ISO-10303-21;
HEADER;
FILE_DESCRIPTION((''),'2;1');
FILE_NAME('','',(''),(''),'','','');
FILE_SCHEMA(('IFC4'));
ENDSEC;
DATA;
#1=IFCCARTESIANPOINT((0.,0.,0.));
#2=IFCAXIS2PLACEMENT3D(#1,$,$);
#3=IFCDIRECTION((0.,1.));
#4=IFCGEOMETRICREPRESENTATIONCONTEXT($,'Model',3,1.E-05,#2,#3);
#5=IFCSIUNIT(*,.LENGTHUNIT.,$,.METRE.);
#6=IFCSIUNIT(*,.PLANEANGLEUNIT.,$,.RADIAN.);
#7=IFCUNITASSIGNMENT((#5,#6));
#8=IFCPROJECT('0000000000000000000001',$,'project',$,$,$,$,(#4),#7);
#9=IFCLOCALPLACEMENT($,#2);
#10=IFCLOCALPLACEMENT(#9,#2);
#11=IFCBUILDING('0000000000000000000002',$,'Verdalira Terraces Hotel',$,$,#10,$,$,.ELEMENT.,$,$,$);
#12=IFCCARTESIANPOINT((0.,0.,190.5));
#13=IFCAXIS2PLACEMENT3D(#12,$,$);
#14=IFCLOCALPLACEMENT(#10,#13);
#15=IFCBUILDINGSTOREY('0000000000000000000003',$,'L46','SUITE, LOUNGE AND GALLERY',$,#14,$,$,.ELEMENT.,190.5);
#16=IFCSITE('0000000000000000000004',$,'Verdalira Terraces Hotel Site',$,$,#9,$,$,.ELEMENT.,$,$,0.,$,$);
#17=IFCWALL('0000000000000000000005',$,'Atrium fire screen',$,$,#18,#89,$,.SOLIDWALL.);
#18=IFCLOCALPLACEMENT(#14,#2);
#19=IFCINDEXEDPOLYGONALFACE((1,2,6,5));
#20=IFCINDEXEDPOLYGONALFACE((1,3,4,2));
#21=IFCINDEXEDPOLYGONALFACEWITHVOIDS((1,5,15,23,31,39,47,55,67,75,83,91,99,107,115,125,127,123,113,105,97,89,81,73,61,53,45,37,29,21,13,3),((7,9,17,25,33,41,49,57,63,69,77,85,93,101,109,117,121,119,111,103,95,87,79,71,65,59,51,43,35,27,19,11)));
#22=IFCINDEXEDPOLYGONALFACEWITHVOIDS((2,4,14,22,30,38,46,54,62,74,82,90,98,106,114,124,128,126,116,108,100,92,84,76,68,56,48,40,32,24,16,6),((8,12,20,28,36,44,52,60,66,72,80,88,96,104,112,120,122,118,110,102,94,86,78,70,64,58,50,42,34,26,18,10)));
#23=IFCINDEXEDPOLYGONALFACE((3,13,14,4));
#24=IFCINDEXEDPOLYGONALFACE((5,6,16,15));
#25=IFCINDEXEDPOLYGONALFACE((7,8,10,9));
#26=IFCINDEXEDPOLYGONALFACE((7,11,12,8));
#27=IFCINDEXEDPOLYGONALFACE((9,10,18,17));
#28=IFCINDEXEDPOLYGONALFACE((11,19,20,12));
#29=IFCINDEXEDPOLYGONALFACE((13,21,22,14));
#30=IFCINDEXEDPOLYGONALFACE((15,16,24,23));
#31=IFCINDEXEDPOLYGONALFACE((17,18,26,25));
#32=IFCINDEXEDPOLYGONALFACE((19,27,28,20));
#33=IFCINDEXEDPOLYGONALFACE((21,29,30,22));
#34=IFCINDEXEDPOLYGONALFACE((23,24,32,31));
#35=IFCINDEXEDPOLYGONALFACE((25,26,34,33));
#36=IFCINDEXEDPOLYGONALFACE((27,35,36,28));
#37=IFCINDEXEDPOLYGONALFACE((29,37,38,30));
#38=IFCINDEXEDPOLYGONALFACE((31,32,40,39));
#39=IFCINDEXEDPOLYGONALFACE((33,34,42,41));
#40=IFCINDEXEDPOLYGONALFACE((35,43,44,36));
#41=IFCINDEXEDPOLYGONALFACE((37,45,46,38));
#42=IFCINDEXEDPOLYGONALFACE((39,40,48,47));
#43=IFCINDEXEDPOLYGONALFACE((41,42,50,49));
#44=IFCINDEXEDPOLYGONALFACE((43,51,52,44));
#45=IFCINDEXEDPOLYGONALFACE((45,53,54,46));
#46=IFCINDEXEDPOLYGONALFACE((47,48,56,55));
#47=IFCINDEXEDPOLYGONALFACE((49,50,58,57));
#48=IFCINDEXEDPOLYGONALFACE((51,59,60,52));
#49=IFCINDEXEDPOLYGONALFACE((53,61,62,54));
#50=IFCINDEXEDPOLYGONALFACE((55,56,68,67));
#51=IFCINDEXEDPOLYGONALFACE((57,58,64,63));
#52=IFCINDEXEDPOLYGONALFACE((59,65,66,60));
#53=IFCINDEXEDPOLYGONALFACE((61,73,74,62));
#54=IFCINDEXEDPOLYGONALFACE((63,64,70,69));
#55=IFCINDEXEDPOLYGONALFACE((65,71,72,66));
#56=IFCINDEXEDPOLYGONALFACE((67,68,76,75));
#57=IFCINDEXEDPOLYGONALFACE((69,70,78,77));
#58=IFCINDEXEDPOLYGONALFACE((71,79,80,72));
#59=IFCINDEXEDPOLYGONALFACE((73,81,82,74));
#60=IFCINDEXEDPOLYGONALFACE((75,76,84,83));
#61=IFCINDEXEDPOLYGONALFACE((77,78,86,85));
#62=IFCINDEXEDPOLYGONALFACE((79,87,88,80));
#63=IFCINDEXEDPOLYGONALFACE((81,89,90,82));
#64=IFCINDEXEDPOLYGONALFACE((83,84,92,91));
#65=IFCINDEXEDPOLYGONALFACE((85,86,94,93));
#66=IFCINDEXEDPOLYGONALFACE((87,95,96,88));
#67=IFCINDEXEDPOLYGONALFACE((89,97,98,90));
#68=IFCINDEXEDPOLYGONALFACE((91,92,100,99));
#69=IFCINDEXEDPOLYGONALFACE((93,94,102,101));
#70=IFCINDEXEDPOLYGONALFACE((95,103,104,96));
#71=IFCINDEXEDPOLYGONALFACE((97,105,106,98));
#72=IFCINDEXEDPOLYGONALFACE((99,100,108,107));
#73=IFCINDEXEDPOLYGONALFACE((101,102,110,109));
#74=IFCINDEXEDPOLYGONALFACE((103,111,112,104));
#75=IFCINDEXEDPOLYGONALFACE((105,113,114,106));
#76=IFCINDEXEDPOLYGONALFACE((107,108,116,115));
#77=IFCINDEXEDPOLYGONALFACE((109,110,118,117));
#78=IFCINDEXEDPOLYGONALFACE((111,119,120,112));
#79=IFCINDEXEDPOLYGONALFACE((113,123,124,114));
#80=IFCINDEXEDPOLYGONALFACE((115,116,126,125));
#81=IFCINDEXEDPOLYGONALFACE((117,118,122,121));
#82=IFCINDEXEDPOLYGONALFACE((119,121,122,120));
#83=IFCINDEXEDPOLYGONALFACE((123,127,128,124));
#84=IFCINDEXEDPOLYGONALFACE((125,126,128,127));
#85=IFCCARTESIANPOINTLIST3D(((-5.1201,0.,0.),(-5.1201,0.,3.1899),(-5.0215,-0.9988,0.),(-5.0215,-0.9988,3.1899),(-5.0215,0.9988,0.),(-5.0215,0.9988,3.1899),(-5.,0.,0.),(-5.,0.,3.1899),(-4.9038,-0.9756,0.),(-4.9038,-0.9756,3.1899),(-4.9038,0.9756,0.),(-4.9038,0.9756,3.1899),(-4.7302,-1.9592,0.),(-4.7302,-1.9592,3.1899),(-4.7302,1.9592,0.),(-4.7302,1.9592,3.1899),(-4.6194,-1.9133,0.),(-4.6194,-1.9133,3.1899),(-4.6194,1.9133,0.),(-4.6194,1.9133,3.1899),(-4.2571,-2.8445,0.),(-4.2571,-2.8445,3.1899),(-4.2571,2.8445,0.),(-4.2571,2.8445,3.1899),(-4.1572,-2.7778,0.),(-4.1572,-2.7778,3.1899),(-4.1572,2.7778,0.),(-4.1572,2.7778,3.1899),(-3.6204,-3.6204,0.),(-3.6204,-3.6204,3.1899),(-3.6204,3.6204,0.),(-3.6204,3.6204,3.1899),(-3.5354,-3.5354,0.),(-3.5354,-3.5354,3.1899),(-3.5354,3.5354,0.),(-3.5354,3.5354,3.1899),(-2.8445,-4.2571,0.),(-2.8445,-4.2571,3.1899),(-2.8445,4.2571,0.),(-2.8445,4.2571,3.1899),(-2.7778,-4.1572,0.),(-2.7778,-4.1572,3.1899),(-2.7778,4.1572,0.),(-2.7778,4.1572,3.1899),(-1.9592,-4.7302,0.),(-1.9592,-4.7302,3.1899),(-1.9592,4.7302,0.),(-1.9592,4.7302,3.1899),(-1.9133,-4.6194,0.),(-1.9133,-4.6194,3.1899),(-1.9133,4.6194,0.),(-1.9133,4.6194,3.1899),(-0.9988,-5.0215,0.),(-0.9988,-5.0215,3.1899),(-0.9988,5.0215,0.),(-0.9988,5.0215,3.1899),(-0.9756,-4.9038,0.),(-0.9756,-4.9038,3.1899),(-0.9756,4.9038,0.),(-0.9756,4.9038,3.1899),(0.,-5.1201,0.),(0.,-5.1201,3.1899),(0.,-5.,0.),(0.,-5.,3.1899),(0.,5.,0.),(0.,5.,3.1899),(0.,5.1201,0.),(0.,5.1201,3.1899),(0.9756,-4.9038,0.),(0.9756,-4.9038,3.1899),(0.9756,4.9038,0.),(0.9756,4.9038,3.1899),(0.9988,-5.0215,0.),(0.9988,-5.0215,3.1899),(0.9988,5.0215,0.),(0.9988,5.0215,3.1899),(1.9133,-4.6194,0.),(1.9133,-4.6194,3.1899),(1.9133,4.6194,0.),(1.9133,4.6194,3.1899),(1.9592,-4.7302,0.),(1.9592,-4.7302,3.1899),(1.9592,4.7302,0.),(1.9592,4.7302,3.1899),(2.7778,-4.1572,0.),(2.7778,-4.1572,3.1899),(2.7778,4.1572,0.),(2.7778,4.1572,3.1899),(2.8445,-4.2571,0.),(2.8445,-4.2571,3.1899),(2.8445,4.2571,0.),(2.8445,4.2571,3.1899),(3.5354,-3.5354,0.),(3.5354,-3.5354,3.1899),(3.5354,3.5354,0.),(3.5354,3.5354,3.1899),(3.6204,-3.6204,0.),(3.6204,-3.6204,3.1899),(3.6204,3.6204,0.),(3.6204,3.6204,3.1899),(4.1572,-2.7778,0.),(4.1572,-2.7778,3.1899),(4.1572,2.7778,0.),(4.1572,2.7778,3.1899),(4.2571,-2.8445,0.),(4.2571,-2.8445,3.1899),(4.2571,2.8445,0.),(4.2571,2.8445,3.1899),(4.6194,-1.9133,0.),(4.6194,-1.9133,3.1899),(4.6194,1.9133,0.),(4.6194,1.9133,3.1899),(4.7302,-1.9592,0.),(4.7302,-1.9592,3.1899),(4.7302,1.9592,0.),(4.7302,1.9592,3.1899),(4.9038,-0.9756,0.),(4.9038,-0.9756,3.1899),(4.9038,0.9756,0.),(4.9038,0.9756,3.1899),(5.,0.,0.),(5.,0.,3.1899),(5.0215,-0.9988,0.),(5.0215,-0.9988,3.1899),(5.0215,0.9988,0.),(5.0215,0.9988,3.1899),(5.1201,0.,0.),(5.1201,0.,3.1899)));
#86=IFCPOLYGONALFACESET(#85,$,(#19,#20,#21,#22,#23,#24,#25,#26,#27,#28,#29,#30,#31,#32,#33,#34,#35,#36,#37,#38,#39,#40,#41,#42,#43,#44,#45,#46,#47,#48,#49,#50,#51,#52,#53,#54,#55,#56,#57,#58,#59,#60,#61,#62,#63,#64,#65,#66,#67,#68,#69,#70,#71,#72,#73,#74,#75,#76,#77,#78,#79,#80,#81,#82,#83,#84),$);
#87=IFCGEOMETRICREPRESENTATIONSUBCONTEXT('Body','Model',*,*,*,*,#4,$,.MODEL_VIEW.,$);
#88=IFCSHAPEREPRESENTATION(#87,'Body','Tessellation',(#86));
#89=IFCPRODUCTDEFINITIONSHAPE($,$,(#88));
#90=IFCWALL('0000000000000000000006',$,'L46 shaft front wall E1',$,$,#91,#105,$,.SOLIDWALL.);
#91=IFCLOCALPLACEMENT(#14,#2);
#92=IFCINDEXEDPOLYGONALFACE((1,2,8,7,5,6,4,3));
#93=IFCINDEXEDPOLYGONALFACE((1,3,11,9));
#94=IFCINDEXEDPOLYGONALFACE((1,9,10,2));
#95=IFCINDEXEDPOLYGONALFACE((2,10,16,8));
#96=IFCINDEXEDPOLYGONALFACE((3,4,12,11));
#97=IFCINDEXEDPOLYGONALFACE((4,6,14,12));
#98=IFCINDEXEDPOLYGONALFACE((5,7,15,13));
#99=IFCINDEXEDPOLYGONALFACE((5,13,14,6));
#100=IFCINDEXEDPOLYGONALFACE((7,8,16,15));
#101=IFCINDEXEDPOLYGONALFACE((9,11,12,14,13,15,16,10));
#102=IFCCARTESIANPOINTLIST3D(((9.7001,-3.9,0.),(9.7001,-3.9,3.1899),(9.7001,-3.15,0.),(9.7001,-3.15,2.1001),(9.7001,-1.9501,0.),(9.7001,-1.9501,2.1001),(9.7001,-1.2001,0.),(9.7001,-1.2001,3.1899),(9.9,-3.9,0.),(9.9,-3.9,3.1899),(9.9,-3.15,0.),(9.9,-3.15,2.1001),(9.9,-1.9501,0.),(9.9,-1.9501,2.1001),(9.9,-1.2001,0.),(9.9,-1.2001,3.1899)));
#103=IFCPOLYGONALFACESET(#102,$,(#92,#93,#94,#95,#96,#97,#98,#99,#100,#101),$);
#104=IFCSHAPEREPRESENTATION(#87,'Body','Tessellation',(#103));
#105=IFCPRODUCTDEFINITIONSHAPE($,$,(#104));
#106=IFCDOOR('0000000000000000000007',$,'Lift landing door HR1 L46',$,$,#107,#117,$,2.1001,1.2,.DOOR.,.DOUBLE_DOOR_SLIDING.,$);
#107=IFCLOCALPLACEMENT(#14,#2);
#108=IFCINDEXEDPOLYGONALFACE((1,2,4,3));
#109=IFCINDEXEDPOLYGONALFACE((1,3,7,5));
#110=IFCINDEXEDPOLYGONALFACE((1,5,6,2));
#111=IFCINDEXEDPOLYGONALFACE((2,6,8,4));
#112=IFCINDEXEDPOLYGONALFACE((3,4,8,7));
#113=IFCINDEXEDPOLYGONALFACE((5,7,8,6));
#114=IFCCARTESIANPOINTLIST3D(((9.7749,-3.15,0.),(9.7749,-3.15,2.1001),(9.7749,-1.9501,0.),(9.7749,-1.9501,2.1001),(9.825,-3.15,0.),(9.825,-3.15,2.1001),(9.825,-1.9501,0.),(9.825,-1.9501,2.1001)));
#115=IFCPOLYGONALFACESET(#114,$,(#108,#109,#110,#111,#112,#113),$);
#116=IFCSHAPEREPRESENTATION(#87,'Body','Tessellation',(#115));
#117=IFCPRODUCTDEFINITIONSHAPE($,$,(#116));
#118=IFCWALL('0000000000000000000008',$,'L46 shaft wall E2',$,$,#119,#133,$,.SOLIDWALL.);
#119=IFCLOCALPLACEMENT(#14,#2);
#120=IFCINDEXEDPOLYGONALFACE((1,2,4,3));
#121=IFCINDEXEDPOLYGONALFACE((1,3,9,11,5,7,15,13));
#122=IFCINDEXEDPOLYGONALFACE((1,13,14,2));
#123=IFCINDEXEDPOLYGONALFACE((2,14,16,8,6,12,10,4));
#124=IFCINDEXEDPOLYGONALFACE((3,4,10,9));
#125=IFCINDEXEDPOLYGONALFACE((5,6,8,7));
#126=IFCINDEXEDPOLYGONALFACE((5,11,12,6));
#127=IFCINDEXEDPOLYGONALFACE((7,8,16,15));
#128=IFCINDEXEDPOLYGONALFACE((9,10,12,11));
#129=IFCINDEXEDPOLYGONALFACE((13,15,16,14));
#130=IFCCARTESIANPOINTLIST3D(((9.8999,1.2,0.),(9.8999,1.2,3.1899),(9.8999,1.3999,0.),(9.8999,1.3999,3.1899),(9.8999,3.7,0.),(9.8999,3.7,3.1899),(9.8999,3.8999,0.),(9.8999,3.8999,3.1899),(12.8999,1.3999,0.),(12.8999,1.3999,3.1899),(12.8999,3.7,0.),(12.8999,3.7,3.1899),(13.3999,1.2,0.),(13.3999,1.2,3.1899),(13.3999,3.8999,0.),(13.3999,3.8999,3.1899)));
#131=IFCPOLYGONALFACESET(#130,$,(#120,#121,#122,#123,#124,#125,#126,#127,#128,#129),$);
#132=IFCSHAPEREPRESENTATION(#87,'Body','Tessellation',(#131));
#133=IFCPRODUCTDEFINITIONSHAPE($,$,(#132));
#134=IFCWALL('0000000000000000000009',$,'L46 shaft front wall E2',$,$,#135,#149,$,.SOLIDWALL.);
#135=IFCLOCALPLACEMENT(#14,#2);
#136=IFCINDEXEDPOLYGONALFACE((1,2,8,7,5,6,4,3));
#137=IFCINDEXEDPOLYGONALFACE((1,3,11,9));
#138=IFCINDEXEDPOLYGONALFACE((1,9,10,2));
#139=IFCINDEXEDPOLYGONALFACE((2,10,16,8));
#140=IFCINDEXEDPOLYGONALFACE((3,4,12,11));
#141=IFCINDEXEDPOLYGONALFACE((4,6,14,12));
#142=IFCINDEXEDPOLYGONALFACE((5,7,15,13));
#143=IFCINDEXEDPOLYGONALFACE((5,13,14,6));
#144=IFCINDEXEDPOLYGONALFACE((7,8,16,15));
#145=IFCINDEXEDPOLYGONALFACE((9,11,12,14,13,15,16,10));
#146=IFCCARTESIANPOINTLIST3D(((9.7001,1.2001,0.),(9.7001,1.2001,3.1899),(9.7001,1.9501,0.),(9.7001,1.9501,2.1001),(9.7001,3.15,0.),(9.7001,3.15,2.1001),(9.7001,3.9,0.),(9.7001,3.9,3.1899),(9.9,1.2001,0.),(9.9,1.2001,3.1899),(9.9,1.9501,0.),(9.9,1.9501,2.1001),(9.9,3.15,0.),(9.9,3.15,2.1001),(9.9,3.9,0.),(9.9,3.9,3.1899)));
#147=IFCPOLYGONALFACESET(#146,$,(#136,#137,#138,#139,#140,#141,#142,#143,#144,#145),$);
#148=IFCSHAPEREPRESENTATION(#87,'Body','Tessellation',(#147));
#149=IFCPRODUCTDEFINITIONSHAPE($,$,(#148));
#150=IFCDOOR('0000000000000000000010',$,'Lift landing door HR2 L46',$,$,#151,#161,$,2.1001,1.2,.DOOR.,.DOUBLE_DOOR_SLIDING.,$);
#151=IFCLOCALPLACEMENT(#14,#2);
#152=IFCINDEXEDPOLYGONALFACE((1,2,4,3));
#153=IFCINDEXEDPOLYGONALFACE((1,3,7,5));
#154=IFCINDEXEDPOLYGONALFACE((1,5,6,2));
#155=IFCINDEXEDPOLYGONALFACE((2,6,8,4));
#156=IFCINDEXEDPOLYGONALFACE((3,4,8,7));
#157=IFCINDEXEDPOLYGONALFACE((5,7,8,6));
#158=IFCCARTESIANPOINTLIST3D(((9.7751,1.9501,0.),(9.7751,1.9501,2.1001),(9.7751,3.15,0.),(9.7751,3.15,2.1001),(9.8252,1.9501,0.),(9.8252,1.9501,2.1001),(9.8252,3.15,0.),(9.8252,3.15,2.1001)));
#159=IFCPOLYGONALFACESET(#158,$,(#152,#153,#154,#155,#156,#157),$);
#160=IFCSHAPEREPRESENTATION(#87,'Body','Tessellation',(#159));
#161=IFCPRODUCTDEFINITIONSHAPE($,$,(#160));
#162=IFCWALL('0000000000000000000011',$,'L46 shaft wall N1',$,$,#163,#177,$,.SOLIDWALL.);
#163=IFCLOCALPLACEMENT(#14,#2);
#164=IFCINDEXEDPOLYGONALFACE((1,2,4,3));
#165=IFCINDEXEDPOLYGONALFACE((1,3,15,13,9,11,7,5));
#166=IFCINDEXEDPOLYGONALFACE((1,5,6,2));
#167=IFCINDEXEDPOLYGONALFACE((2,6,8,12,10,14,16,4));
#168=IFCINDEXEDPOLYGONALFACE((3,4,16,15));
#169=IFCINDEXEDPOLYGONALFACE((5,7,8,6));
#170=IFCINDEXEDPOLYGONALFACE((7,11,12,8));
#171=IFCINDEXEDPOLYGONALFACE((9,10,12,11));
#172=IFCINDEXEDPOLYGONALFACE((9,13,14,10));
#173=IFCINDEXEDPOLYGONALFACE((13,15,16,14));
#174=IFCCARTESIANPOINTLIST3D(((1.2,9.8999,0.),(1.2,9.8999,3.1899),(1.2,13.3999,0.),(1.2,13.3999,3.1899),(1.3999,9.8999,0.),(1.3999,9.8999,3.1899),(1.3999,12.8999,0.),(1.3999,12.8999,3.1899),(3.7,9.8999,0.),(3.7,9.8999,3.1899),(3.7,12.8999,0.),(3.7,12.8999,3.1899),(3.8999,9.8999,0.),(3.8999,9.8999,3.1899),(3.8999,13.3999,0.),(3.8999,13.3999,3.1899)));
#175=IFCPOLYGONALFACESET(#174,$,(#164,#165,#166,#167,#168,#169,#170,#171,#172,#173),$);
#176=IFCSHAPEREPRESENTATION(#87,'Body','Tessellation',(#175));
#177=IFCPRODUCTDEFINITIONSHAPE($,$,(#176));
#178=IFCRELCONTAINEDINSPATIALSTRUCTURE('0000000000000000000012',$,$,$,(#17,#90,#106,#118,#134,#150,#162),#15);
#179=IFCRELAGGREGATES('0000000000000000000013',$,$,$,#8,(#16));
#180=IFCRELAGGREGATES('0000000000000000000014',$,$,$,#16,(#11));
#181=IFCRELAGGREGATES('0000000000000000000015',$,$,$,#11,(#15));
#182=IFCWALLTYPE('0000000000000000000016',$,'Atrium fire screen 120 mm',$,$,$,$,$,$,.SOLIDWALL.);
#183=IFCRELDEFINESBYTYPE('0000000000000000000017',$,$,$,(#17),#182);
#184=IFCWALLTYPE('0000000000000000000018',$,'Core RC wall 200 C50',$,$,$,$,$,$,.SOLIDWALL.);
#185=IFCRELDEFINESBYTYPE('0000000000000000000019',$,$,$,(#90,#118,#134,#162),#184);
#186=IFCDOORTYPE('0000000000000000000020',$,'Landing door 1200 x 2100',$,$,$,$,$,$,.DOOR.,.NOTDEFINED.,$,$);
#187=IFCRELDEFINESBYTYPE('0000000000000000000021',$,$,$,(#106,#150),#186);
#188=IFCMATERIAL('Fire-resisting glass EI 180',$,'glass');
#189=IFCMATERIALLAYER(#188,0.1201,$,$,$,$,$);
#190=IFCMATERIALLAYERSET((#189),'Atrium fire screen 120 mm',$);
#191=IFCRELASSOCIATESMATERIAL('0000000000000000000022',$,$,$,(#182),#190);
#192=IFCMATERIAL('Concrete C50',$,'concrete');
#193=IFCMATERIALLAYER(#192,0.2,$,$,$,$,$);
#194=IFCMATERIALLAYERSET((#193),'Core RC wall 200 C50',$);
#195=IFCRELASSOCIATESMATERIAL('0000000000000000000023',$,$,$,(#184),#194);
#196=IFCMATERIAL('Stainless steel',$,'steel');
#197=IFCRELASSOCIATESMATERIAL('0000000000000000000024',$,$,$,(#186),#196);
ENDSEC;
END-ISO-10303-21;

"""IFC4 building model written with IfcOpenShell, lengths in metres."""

from ifc_helpers import new_model, si_unit, direction, frame, frame_2d, origin, place, context, subcontext, project, spatial, polyline, rectangle, outline, extrude, material, layer, layer_set, type_object, element, fill, save


model = new_model("IFC4")

# Units and contexts
model_context = context("Model", 3, precision=1e-05, world=origin(), true_north=direction((0.0, 1.0)))
body_context = subcontext(model_context, "Body", "Model", "MODEL_VIEW")
ifc_project = project(units=[si_unit("LENGTHUNIT", "METRE"), si_unit("PLANEANGLEUNIT", "RADIAN")], contexts=[model_context])

# Site, building, storey
site_placement = place(None, origin())
site = spatial("IfcSite", under=ifc_project, at=site_placement, Name="Verdalira Terraces Hotel Site", CompositionType="ELEMENT", RefElevation=0.0)
building_placement = place(site_placement, origin())
building = spatial("IfcBuilding", under=site, at=building_placement, Name="Verdalira Terraces Hotel", CompositionType="ELEMENT")
storey_placement = place(building_placement, frame((0.0, 0.0, 190.5)))
storey = spatial("IfcBuildingStorey", under=building, at=storey_placement, Name="L46", Description="SUITE, LOUNGE AND GALLERY", CompositionType="ELEMENT", Elevation=190.5)

# Wall
ifc_material_1 = material(Name="Fire-resisting glass EI 180", Category="glass")
ifc_layer_1 = layer(ifc_material_1, 0.1201)
ifc_layer_set_1 = layer_set([ifc_layer_1], Name="Atrium fire screen 120 mm")
wall_type_1 = type_object("IfcWallType", Name="Atrium fire screen 120 mm", PredefinedType="SOLIDWALL", material=ifc_layer_set_1)
wall_1_placement = place(storey_placement, origin())
element("IfcWall", 1, at=wall_1_placement, inside=storey, type_object=wall_type_1, Name="Atrium fire screen", PredefinedType="SOLIDWALL", context=body_context, shape_type="SweptSolid", body=[
    extrude(outline(polyline([(5.0215, -0.9988), (4.7302, -1.9592), (4.2571, -2.8445), (3.6204, -3.6204), (2.8445, -4.2571), (1.9592, -4.7302), (0.9988, -5.0215), (0.0, -5.1201), (-0.9988, -5.0215), (-1.9592, -4.7302), (-2.8445, -4.2571), (-3.6204, -3.6204), (-4.2571, -2.8445), (-4.7302, -1.9592), (-5.0215, -0.9988), (-5.1201, 0.0), (-5.0215, 0.9988), (-4.7302, 1.9592), (-4.2571, 2.8445), (-3.6204, 3.6204), (-2.8445, 4.2571), (-1.9592, 4.7302), (-0.9988, 5.0215), (0.0, 5.1201), (0.9988, 5.0215), (1.9592, 4.7302), (2.8445, 4.2571), (3.6204, 3.6204), (4.2571, 2.8445), (4.7302, 1.9592), (5.0215, 0.9988), (5.1201, 0.0), (5.0215, -0.9988)]), holes=[polyline([(4.9038, 0.9756), (4.6194, 1.9133), (4.1572, 2.7778), (3.5354, 3.5354), (2.7778, 4.1572), (1.9133, 4.6194), (0.9756, 4.9038), (0.0, 5.0), (-0.9756, 4.9038), (-1.9133, 4.6194), (-2.7778, 4.1572), (-3.5354, 3.5354), (-4.1572, 2.7778), (-4.6194, 1.9133), (-4.9038, 0.9756), (-5.0, 0.0), (-4.9038, -0.9756), (-4.6194, -1.9133), (-4.1572, -2.7778), (-3.5354, -3.5354), (-2.7778, -4.1572), (-1.9133, -4.6194), (-0.9756, -4.9038), (0.0, -5.0), (0.9756, -4.9038), (1.9133, -4.6194), (2.7778, -4.1572), (3.5354, -3.5354), (4.1572, -2.7778), (4.6194, -1.9133), (4.9038, -0.9756), (5.0, 0.0), (4.9038, 0.9756)])]), origin(), (0.0, 0.0, 1.0), 3.1899),
])

# Wall, opening, door
ifc_material_2 = material(Name="Concrete C50", Category="concrete")
ifc_layer_2 = layer(ifc_material_2, 0.2)
ifc_layer_set_2 = layer_set([ifc_layer_2], Name="Core RC wall 200 C50")
wall_type_2 = type_object("IfcWallType", Name="Core RC wall 200 C50", PredefinedType="SOLIDWALL", material=ifc_layer_set_2)
wall_2_placement = place(storey_placement, frame((9.8, -1.2, 0.0), z_axis=(0.0, 0.0, 1.0), x_axis=(0.0, -1.0, 0.0)))
wall_2 = element("IfcWall", 2, at=wall_2_placement, inside=storey, type_object=wall_type_2, Name="L46 shaft front wall E1", PredefinedType="SOLIDWALL", context=body_context, shape_type="SweptSolid", body=[
    extrude(rectangle(XDim=2.7, YDim=0.2, at=frame_2d((1.3501, 0.0))), origin(), (0.0, 0.0, 1.0), 3.1899),
])
opening_1_placement = place(wall_2_placement, frame((0.75, 0.0, 0.0)))
opening_1 = element("IfcOpeningElement", 3, at=opening_1_placement, cuts=wall_2, PredefinedType="OPENING", context=body_context, shape_type="SweptSolid", body=[
    extrude(rectangle(XDim=1.2, YDim=2.1001, at=frame_2d((0.6001, 1.05))), frame((0.0, 0.1099, 0.0), z_axis=(0.0, -1.0, 0.0), x_axis=(1.0, 0.0, 0.0)), (0.0, 0.0, 1.0), 0.22),
])
ifc_material_3 = material(Name="Stainless steel", Category="steel")
door_type_1 = type_object("IfcDoorType", Name="Landing door 1200 x 2100", OperationType="NOTDEFINED", PredefinedType="DOOR", material=ifc_material_3)
door_1_placement = place(opening_1_placement, origin())
door_1 = element("IfcDoor", 4, at=door_1_placement, inside=storey, type_object=door_type_1, Name="Lift landing door HR1 L46", OperationType="DOUBLE_DOOR_SLIDING", OverallHeight=2.1001, OverallWidth=1.2, PredefinedType="DOOR", context=body_context, shape_type="SweptSolid", body=[
    extrude(rectangle(XDim=1.2, YDim=2.1001, at=frame_2d((0.6001, 1.05))), frame((0.0, 0.0249, 0.0), z_axis=(0.0, -1.0, 0.0), x_axis=(1.0, 0.0, 0.0)), (0.0, 0.0, 1.0), 0.05),
])
fill(opening_1, door_1)

# Wall
wall_3_placement = place(storey_placement, origin())
element("IfcWall", 5, at=wall_3_placement, inside=storey, type_object=wall_type_2, Name="L46 shaft wall E2", PredefinedType="SOLIDWALL", context=body_context, shape_type="SweptSolid", body=[
    extrude(outline(polyline([(13.3999, 3.8999), (13.3999, 1.2), (9.8999, 1.2), (9.8999, 1.3999), (12.8999, 1.3999), (12.8999, 3.7), (9.8999, 3.7), (9.8999, 3.8999), (13.3999, 3.8999)])), origin(), (0.0, 0.0, 1.0), 3.1899),
])

# Wall, opening, door
wall_4_placement = place(storey_placement, frame((9.8, 1.2, 0.0), z_axis=(0.0, 0.0, 1.0), x_axis=(0.0, 1.0, 0.0)))
wall_4 = element("IfcWall", 6, at=wall_4_placement, inside=storey, type_object=wall_type_2, Name="L46 shaft front wall E2", PredefinedType="SOLIDWALL", context=body_context, shape_type="SweptSolid", body=[
    extrude(rectangle(XDim=2.7, YDim=0.2, at=frame_2d((1.3501, 0.0))), origin(), (0.0, 0.0, 1.0), 3.1899),
])
opening_2_placement = place(wall_4_placement, frame((0.75, 0.0, 0.0)))
opening_2 = element("IfcOpeningElement", 7, at=opening_2_placement, cuts=wall_4, PredefinedType="OPENING", context=body_context, shape_type="SweptSolid", body=[
    extrude(rectangle(XDim=1.2, YDim=2.1001, at=frame_2d((0.6001, 1.05))), frame((0.0, 0.1099, 0.0), z_axis=(0.0, -1.0, 0.0), x_axis=(1.0, 0.0, 0.0)), (0.0, 0.0, 1.0), 0.22),
])
door_2_placement = place(opening_2_placement, origin())
door_2 = element("IfcDoor", 8, at=door_2_placement, inside=storey, type_object=door_type_1, Name="Lift landing door HR2 L46", OperationType="DOUBLE_DOOR_SLIDING", OverallHeight=2.1001, OverallWidth=1.2, PredefinedType="DOOR", context=body_context, shape_type="SweptSolid", body=[
    extrude(rectangle(XDim=1.2, YDim=2.1001, at=frame_2d((0.6001, 1.05))), frame((0.0, 0.0249, 0.0), z_axis=(0.0, -1.0, 0.0), x_axis=(1.0, 0.0, 0.0)), (0.0, 0.0, 1.0), 0.05),
])
fill(opening_2, door_2)

# Wall
wall_5_placement = place(storey_placement, origin())
element("IfcWall", 9, at=wall_5_placement, inside=storey, type_object=wall_type_2, Name="L46 shaft wall N1", PredefinedType="SOLIDWALL", context=body_context, shape_type="SweptSolid", body=[
    extrude(outline(polyline([(3.8999, 9.8999), (3.7, 9.8999), (3.7, 12.8999), (1.3999, 12.8999), (1.3999, 9.8999), (1.2, 9.8999), (1.2, 13.3999), (3.8999, 13.3999), (3.8999, 9.8999)])), origin(), (0.0, 0.0, 1.0), 3.1899),
])

save(model, "model.ifc")
